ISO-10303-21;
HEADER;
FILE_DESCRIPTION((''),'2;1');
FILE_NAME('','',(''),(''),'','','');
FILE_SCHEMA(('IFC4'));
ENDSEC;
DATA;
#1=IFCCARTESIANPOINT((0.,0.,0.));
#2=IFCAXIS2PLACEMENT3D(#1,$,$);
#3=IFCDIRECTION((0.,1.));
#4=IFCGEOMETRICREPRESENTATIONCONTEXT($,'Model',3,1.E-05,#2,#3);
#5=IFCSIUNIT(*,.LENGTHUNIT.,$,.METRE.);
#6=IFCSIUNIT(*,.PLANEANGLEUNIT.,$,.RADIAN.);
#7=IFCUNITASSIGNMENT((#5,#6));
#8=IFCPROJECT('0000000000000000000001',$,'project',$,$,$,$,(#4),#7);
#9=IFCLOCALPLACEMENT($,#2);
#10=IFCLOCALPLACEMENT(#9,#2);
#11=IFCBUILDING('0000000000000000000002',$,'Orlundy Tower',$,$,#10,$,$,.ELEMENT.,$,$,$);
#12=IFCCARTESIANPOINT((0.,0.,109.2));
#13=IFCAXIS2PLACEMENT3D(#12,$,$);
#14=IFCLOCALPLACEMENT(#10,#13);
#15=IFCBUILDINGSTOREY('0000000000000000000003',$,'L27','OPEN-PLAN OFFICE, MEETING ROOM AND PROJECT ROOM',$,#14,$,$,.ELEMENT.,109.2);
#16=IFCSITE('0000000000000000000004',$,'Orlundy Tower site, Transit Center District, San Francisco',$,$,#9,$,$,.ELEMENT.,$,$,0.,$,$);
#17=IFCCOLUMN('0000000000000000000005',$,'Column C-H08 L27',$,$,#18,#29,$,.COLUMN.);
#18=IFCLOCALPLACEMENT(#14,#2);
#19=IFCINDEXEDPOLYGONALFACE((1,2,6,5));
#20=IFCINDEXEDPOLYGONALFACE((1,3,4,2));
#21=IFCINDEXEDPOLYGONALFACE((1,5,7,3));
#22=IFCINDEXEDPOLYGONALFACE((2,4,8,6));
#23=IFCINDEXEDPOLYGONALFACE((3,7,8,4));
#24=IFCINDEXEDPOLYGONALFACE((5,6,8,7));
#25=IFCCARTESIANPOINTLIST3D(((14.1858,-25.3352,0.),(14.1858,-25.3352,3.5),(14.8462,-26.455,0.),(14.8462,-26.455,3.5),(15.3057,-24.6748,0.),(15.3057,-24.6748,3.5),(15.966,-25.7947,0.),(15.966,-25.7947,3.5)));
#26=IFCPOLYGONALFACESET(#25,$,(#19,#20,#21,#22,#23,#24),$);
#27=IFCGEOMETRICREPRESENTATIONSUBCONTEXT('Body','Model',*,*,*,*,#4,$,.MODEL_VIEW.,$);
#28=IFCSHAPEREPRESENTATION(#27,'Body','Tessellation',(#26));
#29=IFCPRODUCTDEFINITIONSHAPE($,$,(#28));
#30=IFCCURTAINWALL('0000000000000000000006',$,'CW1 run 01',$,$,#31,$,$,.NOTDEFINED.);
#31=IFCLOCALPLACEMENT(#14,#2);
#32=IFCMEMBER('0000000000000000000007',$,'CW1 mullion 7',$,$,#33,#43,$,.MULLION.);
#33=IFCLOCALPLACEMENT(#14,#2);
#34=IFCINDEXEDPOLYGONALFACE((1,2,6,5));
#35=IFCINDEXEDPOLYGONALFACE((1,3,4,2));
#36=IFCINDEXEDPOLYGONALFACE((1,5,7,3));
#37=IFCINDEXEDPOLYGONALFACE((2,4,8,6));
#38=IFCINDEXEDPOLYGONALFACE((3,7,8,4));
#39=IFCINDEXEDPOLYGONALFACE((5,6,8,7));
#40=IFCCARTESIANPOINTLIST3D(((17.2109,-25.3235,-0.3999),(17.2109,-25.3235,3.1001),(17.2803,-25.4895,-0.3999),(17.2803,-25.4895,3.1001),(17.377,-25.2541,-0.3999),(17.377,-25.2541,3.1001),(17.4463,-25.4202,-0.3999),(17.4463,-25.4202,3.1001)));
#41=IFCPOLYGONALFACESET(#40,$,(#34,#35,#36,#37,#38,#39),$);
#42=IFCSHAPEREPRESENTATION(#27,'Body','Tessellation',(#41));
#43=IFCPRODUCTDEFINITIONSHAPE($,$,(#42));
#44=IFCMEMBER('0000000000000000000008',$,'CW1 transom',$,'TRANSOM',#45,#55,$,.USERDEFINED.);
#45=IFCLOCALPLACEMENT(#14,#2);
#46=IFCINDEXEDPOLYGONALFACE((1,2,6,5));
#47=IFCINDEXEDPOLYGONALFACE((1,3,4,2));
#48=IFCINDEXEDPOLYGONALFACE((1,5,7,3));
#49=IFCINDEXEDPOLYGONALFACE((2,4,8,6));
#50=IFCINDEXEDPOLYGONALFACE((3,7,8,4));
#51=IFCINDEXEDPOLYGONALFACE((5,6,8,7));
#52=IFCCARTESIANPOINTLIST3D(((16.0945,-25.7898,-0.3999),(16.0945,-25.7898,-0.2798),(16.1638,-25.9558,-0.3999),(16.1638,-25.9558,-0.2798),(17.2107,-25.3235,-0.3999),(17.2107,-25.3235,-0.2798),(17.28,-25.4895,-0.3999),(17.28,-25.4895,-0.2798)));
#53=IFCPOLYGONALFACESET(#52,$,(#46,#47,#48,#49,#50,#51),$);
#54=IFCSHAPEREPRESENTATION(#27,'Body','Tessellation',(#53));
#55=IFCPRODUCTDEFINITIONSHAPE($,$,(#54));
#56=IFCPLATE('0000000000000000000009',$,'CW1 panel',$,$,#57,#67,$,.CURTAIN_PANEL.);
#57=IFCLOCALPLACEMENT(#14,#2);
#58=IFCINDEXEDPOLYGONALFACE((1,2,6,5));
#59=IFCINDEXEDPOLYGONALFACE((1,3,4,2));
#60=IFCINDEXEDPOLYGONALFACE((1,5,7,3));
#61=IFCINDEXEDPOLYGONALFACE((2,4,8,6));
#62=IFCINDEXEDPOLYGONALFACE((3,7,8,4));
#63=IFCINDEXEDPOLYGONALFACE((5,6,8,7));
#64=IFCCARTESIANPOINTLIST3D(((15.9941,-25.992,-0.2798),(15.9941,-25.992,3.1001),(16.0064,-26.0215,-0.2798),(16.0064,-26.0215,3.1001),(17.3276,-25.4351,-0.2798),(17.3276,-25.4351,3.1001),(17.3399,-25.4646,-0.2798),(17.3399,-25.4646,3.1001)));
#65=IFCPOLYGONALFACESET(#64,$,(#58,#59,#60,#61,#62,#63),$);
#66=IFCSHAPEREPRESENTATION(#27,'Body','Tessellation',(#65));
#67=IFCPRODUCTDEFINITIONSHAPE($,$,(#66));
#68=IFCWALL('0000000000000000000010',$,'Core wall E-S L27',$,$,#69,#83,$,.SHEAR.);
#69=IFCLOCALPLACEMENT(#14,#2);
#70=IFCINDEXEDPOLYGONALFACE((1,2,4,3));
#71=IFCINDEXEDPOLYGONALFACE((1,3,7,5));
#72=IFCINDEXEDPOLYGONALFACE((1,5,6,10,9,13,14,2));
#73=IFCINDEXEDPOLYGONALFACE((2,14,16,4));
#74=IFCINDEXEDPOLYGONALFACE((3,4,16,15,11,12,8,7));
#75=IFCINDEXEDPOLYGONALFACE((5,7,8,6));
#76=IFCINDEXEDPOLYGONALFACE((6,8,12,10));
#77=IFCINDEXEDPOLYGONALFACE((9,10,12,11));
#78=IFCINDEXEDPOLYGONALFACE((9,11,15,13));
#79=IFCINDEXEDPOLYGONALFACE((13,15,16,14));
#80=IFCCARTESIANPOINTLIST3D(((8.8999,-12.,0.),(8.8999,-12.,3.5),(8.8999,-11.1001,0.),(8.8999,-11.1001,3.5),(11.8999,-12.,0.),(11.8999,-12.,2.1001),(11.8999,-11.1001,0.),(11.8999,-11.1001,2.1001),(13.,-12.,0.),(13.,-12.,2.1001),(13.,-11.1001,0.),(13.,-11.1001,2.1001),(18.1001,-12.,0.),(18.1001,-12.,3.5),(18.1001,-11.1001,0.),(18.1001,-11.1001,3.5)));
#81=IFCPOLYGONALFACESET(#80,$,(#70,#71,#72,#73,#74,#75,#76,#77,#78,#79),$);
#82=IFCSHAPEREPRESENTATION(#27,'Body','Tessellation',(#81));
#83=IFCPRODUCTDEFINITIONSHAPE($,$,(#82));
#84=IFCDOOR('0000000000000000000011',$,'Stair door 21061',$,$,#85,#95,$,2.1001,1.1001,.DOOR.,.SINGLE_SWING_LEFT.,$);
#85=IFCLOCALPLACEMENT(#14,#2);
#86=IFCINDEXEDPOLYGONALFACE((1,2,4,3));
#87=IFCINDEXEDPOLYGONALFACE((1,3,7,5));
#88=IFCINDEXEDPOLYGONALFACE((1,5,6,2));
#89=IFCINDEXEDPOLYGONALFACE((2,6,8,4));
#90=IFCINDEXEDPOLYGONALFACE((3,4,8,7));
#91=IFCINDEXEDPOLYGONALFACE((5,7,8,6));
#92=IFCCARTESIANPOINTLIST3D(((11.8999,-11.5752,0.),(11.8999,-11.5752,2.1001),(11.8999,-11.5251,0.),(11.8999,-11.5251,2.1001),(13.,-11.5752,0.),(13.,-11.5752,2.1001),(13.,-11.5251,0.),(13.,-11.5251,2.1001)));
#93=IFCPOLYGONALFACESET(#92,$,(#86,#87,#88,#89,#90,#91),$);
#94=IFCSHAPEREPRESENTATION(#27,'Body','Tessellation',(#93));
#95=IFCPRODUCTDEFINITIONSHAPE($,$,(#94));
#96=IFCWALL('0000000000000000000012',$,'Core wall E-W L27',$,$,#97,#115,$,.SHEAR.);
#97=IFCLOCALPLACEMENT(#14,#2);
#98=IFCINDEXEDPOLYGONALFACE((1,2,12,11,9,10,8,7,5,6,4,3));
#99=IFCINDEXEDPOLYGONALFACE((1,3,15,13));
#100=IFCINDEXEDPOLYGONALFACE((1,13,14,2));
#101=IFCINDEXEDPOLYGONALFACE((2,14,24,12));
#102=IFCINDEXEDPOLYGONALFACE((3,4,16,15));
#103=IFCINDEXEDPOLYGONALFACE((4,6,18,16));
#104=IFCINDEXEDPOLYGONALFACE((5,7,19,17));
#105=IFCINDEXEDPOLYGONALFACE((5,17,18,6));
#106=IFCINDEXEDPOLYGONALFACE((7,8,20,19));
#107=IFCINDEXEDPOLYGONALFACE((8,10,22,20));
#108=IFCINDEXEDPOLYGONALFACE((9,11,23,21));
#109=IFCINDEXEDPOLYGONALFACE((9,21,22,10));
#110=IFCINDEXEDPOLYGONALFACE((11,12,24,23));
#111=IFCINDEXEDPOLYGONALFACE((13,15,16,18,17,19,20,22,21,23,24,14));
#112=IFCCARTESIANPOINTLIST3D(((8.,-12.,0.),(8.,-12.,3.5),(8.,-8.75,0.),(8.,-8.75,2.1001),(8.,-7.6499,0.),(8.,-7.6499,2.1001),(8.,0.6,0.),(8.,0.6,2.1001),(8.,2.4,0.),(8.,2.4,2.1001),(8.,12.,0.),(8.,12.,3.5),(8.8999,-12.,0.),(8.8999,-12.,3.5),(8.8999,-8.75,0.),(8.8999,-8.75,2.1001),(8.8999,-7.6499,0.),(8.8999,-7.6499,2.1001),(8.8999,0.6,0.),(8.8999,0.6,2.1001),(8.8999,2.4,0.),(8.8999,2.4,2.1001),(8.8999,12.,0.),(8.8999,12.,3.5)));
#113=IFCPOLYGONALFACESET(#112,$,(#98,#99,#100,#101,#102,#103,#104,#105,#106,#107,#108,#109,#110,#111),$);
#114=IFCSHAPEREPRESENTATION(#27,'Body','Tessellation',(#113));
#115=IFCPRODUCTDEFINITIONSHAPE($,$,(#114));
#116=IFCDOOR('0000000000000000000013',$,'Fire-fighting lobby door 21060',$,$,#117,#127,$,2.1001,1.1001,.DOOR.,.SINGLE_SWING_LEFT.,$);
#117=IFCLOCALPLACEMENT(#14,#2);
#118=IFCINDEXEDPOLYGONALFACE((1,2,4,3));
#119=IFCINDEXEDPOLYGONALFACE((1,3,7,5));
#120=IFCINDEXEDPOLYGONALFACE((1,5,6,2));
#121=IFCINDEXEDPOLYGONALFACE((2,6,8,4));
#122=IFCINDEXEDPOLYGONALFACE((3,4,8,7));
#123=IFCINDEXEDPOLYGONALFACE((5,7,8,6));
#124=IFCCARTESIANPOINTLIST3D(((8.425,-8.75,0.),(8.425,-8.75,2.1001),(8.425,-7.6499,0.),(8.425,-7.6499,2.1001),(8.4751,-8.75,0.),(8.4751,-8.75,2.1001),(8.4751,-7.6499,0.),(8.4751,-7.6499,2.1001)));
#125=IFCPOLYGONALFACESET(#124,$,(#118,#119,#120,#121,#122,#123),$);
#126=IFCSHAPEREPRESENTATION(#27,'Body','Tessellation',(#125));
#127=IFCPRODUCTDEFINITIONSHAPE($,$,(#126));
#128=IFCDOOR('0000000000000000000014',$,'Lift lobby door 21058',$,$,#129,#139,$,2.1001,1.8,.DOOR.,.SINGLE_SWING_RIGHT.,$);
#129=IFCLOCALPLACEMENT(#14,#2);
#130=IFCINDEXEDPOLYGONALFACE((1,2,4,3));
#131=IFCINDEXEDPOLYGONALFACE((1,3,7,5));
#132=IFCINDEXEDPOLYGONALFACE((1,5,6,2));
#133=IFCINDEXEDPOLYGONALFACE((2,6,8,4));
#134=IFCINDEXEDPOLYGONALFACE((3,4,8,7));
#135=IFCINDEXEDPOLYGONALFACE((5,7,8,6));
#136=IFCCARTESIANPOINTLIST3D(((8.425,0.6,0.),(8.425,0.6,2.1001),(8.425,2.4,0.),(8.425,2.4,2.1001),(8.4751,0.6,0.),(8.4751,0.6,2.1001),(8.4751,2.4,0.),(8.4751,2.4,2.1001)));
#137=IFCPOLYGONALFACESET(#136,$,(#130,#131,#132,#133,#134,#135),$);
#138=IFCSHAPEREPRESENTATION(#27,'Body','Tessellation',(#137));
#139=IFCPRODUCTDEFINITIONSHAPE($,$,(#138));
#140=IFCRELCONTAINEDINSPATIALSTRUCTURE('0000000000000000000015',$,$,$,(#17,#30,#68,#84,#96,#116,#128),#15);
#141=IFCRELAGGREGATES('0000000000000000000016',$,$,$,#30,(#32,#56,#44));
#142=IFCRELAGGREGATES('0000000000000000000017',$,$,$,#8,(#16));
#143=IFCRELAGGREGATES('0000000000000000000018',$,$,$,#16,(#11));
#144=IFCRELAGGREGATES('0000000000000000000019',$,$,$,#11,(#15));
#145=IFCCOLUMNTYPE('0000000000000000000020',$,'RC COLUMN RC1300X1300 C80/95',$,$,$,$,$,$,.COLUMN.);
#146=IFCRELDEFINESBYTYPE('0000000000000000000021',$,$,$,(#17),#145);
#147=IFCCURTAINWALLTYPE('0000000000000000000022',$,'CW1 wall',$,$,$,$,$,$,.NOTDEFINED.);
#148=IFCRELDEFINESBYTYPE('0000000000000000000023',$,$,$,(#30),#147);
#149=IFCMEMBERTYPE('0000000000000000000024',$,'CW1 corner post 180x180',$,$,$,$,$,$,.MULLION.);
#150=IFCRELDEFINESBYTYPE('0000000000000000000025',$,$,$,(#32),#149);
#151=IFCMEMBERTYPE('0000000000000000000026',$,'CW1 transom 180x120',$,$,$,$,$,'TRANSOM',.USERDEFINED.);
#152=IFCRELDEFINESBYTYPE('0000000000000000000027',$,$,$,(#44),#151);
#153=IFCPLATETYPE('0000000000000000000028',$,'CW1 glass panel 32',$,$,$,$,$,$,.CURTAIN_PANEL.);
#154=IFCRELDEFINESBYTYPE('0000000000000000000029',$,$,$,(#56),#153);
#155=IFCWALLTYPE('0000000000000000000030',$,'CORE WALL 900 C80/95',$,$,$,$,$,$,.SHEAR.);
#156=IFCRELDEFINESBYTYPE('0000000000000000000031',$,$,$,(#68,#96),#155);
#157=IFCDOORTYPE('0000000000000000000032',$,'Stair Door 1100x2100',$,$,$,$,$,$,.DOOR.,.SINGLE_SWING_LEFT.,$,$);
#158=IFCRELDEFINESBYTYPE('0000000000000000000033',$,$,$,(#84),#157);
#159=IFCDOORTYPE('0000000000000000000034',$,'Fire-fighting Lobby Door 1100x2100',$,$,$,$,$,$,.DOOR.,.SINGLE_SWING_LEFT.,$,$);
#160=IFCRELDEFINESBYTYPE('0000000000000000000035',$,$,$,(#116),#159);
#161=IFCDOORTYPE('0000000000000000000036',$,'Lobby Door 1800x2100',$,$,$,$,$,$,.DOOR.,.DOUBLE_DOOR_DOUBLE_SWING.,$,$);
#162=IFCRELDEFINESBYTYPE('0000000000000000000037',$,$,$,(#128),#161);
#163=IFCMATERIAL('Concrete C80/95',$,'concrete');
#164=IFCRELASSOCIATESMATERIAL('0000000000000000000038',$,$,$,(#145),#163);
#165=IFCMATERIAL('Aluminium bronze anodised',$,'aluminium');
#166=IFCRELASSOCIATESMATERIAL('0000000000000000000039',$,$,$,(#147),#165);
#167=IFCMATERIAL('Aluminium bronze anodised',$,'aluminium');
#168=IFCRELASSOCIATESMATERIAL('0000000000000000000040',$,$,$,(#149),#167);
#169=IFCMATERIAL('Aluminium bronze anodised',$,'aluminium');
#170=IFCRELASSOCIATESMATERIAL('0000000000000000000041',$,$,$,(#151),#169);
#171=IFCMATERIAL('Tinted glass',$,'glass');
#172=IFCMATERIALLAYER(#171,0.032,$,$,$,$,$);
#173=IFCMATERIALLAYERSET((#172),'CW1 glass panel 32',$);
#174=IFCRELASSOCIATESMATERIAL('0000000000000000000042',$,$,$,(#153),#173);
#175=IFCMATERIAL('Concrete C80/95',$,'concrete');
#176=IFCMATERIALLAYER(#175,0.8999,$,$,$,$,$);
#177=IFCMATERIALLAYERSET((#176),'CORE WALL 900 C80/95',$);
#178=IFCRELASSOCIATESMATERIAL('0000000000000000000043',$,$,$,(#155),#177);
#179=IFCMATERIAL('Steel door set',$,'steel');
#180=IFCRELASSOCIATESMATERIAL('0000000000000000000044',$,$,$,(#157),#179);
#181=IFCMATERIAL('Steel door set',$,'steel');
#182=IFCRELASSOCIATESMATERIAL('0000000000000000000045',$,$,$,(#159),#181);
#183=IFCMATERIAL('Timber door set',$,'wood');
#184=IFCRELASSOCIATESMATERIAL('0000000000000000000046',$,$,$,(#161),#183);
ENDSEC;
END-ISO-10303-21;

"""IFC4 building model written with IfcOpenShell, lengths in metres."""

from ifc_helpers import new_model, si_unit, direction, frame, frame_2d, origin, origin_2d, place, context, subcontext, project, spatial, rectangle, extrude, material, layer, layer_set, material_profile, profile_set, type_object, element, fill, aggregate, save


model = new_model("IFC4")

# Units and contexts
model_context = context("Model", 3, precision=1e-05, world=origin(), true_north=direction((0.0, 1.0)))
body_context = subcontext(model_context, "Body", "Model", "MODEL_VIEW")
ifc_project = project(units=[si_unit("LENGTHUNIT", "METRE"), si_unit("PLANEANGLEUNIT", "RADIAN")], contexts=[model_context])

# Site, building, storey
site_placement = place(None, origin())
site = spatial("IfcSite", under=ifc_project, at=site_placement, Name="Orlundy Tower site, Transit Center District, San Francisco", CompositionType="ELEMENT", RefElevation=0.0)
building_placement = place(site_placement, origin())
building = spatial("IfcBuilding", under=site, at=building_placement, Name="Orlundy Tower", CompositionType="ELEMENT")
storey_placement = place(building_placement, frame((0.0, 0.0, 109.2)))
storey = spatial("IfcBuildingStorey", under=building, at=storey_placement, Name="L27", Description="OPEN-PLAN OFFICE, MEETING ROOM AND PROJECT ROOM", CompositionType="ELEMENT", Elevation=109.2)

# Column
ifc_material_1 = material(Name="Concrete C80/95", Category="concrete")
ifc_material_profile_1 = material_profile(ifc_material_1, rectangle(XDim=1.3, YDim=1.3, at=origin_2d()), Name="RC1300X1300")
ifc_profile_set_1 = profile_set([ifc_material_profile_1], Name="Concrete C80/95")
column_type = type_object("IfcColumnType", Name="RC COLUMN RC1300X1300 C80/95", PredefinedType="COLUMN", material=ifc_profile_set_1)
column_placement = place(storey_placement, frame((15.0759, -25.5649, 0.0), z_axis=(0.0, 0.0, 1.0), x_axis=(0.507959, -0.861381, 0.0)))
element("IfcColumn", 1, at=column_placement, inside=storey, type_object=column_type, Name="Column C-H08 L27", PredefinedType="COLUMN", context=body_context, shape_type="SweptSolid", body=[
    extrude(rectangle(XDim=1.3, YDim=1.3, at=origin_2d()), origin(), (0.0, 0.0, 1.0), 3.5),
])

# Curtain wall, members, plate
ifc_material_2 = material(Name="Aluminium bronze anodised", Category="aluminium")
curtain_wall_type = type_object("IfcCurtainWallType", Name="CW1 wall", PredefinedType="NOTDEFINED", material=ifc_material_2)
curtain_wall_placement = place(storey_placement, origin())
curtain_wall = element("IfcCurtainWall", 2, at=curtain_wall_placement, inside=storey, type_object=curtain_wall_type, Name="CW1 run 01", PredefinedType="NOTDEFINED")
ifc_material_3 = material(Name="Aluminium bronze anodised", Category="aluminium")
ifc_material_profile_2 = material_profile(ifc_material_3, rectangle(XDim=0.1799, YDim=0.1799, at=origin_2d()), Name="CW1 corner post 180x180")
ifc_profile_set_2 = profile_set([ifc_material_profile_2], Name="Aluminium bronze anodised")
member_type_1 = type_object("IfcMemberType", Name="CW1 corner post 180x180", PredefinedType="MULLION", material=ifc_profile_set_2)
member_1_placement = place(storey_placement, frame((17.3286, -25.3718, -0.3999), z_axis=(0.0, 0.0, 1.0), x_axis=(0.385377, -0.922759, 0.0)))
member_1 = element("IfcMember", 3, at=member_1_placement, type_object=member_type_1, Name="CW1 mullion 7", PredefinedType="MULLION", context=body_context, shape_type="SweptSolid", body=[
    extrude(rectangle(XDim=0.1799, YDim=0.1799, at=origin_2d()), origin(), (0.0, 0.0, 1.0), 3.5),
])
ifc_material_4 = material(Name="Aluminium bronze anodised", Category="aluminium")
ifc_material_profile_3 = material_profile(ifc_material_4, rectangle(XDim=0.1799, YDim=0.1201, at=origin_2d()), Name="CW1 transom 180x120")
ifc_profile_set_3 = profile_set([ifc_material_profile_3], Name="Aluminium bronze anodised")
member_type_2 = type_object("IfcMemberType", Name="CW1 transom 180x120", ElementType="TRANSOM", PredefinedType="USERDEFINED", material=ifc_profile_set_3)
member_2_placement = place(storey_placement, frame((17.2454, -25.4065, -0.3398), z_axis=(-0.922718, -0.385475, 0.0), x_axis=(0.385475, -0.922718, 0.0)))
member_2 = element("IfcMember", 4, at=member_2_placement, type_object=member_type_2, Name="CW1 transom", ObjectType="TRANSOM", PredefinedType="USERDEFINED", context=body_context, shape_type="SweptSolid", body=[
    extrude(rectangle(XDim=0.1799, YDim=0.1201, at=origin_2d()), origin(), (0.0, 0.0, 1.0), 1.2097),
])
ifc_material_5 = material(Name="Tinted glass", Category="glass")
ifc_layer_1 = layer(ifc_material_5, 0.032)
ifc_layer_set_1 = layer_set([ifc_layer_1], Name="CW1 glass panel 32")
plate_type = type_object("IfcPlateType", Name="CW1 glass panel 32", PredefinedType="CURTAIN_PANEL", material=ifc_layer_set_1)
plate_placement = place(storey_placement, frame((16.667, -25.7283, -0.2798), z_axis=(0.0, 0.0, 1.0), x_axis=(-0.922759, -0.385377, 0.0)))
plate = element("IfcPlate", 5, at=plate_placement, type_object=plate_type, Name="CW1 panel", PredefinedType="CURTAIN_PANEL", context=body_context, shape_type="SweptSolid", body=[
    extrude(rectangle(XDim=1.4451, YDim=0.032, at=origin_2d()), origin(), (0.0, 0.0, 1.0), 3.3799),
])
aggregate(curtain_wall, [member_1, plate, member_2])

# Wall, opening, door
ifc_material_6 = material(Name="Concrete C80/95", Category="concrete")
ifc_layer_2 = layer(ifc_material_6, 0.8999)
ifc_layer_set_2 = layer_set([ifc_layer_2], Name="CORE WALL 900 C80/95")
wall_type_1 = type_object("IfcWallType", Name="CORE WALL 900 C80/95", PredefinedType="SHEAR", material=ifc_layer_set_2)
wall_1_placement = place(storey_placement, frame((8.8999, -11.55, 0.0), z_axis=(0.0, 0.0, 1.0), x_axis=(1.0, 0.0, 0.0)))
wall_1 = element("IfcWall", 6, at=wall_1_placement, inside=storey, type_object=wall_type_1, Name="Core wall E-S L27", PredefinedType="SHEAR", context=body_context, shape_type="SweptSolid", body=[
    extrude(rectangle(XDim=9.2002, YDim=0.8999, at=frame_2d((4.6001, 0.0))), origin(), (0.0, 0.0, 1.0), 3.5),
])
opening_1_placement = place(wall_1_placement, frame((3.0, 0.0, 0.0)))
opening_1 = element("IfcOpeningElement", 7, at=opening_1_placement, cuts=wall_1, PredefinedType="OPENING", context=body_context, shape_type="SweptSolid", body=[
    extrude(rectangle(XDim=1.1001, YDim=2.1001, at=frame_2d((0.55, 1.05))), frame((0.0, 0.46, 0.0), z_axis=(0.0, -1.0, 0.0), x_axis=(1.0, 0.0, 0.0)), (0.0, 0.0, 1.0), 0.9199),
])
ifc_material_7 = material(Name="Steel door set", Category="steel")
door_type_1 = type_object("IfcDoorType", Name="Stair Door 1100x2100", OperationType="SINGLE_SWING_LEFT", PredefinedType="DOOR", material=ifc_material_7)
door_1_placement = place(opening_1_placement, origin())
door_1 = element("IfcDoor", 8, at=door_1_placement, inside=storey, type_object=door_type_1, Name="Stair door 21061", OperationType="SINGLE_SWING_LEFT", OverallHeight=2.1001, OverallWidth=1.1001, PredefinedType="DOOR", context=body_context, shape_type="SweptSolid", body=[
    extrude(rectangle(XDim=1.1001, YDim=2.1001, at=frame_2d((0.55, 1.05))), frame((0.0, 0.0249, 0.0), z_axis=(0.0, -1.0, 0.0), x_axis=(1.0, 0.0, 0.0)), (0.0, 0.0, 1.0), 0.05),
])
fill(opening_1, door_1)

# Wall, openings, doors
wall_2_placement = place(storey_placement, frame((8.45, -12.0, 0.0), z_axis=(0.0, 0.0, 1.0), x_axis=(0.0, 1.0, 0.0)))
wall_2 = element("IfcWall", 9, at=wall_2_placement, inside=storey, type_object=wall_type_1, Name="Core wall E-W L27", PredefinedType="SHEAR", context=body_context, shape_type="SweptSolid", body=[
    extrude(rectangle(XDim=24.0, YDim=0.8999, at=frame_2d((12.0, 0.0))), origin(), (0.0, 0.0, 1.0), 3.5),
])
opening_2_placement = place(wall_2_placement, frame((12.6001, 0.0, 0.0)))
opening_2 = element("IfcOpeningElement", 10, at=opening_2_placement, cuts=wall_2, PredefinedType="OPENING", context=body_context, shape_type="SweptSolid", body=[
    extrude(rectangle(XDim=1.8, YDim=2.1001, at=frame_2d((0.8999, 1.05))), frame((0.0, 0.46, 0.0), z_axis=(0.0, -1.0, 0.0), x_axis=(1.0, 0.0, 0.0)), (0.0, 0.0, 1.0), 0.9199),
])
opening_3_placement = place(wall_2_placement, frame((3.25, 0.0, 0.0)))
opening_3 = element("IfcOpeningElement", 11, at=opening_3_placement, cuts=wall_2, PredefinedType="OPENING", context=body_context, shape_type="SweptSolid", body=[
    extrude(rectangle(XDim=1.1001, YDim=2.1001, at=frame_2d((0.55, 1.05))), frame((0.0, 0.46, 0.0), z_axis=(0.0, -1.0, 0.0), x_axis=(1.0, 0.0, 0.0)), (0.0, 0.0, 1.0), 0.9199),
])
ifc_material_8 = material(Name="Steel door set", Category="steel")
door_type_2 = type_object("IfcDoorType", Name="Fire-fighting Lobby Door 1100x2100", OperationType="SINGLE_SWING_LEFT", PredefinedType="DOOR", material=ifc_material_8)
door_2_placement = place(opening_3_placement, origin())
door_2 = element("IfcDoor", 12, at=door_2_placement, inside=storey, type_object=door_type_2, Name="Fire-fighting lobby door 21060", OperationType="SINGLE_SWING_LEFT", OverallHeight=2.1001, OverallWidth=1.1001, PredefinedType="DOOR", context=body_context, shape_type="SweptSolid", body=[
    extrude(rectangle(XDim=1.1001, YDim=2.1001, at=frame_2d((0.55, 1.05))), frame((0.0, 0.0249, 0.0), z_axis=(0.0, -1.0, 0.0), x_axis=(1.0, 0.0, 0.0)), (0.0, 0.0, 1.0), 0.05),
])
fill(opening_3, door_2)
ifc_material_9 = material(Name="Timber door set", Category="wood")
door_type_3 = type_object("IfcDoorType", Name="Lobby Door 1800x2100", OperationType="DOUBLE_DOOR_DOUBLE_SWING", PredefinedType="DOOR", material=ifc_material_9)
door_3_placement = place(opening_2_placement, origin())
door_3 = element("IfcDoor", 13, at=door_3_placement, inside=storey, type_object=door_type_3, Name="Lift lobby door 21058", OperationType="SINGLE_SWING_RIGHT", OverallHeight=2.1001, OverallWidth=1.8, PredefinedType="DOOR", context=body_context, shape_type="SweptSolid", body=[
    extrude(rectangle(XDim=1.8, YDim=2.1001, at=frame_2d((0.8999, 1.05))), frame((0.0, 0.0249, 0.0), z_axis=(0.0, -1.0, 0.0), x_axis=(1.0, 0.0, 0.0)), (0.0, 0.0, 1.0), 0.05),
])
fill(opening_2, door_3)

save(model, "model.ifc")
